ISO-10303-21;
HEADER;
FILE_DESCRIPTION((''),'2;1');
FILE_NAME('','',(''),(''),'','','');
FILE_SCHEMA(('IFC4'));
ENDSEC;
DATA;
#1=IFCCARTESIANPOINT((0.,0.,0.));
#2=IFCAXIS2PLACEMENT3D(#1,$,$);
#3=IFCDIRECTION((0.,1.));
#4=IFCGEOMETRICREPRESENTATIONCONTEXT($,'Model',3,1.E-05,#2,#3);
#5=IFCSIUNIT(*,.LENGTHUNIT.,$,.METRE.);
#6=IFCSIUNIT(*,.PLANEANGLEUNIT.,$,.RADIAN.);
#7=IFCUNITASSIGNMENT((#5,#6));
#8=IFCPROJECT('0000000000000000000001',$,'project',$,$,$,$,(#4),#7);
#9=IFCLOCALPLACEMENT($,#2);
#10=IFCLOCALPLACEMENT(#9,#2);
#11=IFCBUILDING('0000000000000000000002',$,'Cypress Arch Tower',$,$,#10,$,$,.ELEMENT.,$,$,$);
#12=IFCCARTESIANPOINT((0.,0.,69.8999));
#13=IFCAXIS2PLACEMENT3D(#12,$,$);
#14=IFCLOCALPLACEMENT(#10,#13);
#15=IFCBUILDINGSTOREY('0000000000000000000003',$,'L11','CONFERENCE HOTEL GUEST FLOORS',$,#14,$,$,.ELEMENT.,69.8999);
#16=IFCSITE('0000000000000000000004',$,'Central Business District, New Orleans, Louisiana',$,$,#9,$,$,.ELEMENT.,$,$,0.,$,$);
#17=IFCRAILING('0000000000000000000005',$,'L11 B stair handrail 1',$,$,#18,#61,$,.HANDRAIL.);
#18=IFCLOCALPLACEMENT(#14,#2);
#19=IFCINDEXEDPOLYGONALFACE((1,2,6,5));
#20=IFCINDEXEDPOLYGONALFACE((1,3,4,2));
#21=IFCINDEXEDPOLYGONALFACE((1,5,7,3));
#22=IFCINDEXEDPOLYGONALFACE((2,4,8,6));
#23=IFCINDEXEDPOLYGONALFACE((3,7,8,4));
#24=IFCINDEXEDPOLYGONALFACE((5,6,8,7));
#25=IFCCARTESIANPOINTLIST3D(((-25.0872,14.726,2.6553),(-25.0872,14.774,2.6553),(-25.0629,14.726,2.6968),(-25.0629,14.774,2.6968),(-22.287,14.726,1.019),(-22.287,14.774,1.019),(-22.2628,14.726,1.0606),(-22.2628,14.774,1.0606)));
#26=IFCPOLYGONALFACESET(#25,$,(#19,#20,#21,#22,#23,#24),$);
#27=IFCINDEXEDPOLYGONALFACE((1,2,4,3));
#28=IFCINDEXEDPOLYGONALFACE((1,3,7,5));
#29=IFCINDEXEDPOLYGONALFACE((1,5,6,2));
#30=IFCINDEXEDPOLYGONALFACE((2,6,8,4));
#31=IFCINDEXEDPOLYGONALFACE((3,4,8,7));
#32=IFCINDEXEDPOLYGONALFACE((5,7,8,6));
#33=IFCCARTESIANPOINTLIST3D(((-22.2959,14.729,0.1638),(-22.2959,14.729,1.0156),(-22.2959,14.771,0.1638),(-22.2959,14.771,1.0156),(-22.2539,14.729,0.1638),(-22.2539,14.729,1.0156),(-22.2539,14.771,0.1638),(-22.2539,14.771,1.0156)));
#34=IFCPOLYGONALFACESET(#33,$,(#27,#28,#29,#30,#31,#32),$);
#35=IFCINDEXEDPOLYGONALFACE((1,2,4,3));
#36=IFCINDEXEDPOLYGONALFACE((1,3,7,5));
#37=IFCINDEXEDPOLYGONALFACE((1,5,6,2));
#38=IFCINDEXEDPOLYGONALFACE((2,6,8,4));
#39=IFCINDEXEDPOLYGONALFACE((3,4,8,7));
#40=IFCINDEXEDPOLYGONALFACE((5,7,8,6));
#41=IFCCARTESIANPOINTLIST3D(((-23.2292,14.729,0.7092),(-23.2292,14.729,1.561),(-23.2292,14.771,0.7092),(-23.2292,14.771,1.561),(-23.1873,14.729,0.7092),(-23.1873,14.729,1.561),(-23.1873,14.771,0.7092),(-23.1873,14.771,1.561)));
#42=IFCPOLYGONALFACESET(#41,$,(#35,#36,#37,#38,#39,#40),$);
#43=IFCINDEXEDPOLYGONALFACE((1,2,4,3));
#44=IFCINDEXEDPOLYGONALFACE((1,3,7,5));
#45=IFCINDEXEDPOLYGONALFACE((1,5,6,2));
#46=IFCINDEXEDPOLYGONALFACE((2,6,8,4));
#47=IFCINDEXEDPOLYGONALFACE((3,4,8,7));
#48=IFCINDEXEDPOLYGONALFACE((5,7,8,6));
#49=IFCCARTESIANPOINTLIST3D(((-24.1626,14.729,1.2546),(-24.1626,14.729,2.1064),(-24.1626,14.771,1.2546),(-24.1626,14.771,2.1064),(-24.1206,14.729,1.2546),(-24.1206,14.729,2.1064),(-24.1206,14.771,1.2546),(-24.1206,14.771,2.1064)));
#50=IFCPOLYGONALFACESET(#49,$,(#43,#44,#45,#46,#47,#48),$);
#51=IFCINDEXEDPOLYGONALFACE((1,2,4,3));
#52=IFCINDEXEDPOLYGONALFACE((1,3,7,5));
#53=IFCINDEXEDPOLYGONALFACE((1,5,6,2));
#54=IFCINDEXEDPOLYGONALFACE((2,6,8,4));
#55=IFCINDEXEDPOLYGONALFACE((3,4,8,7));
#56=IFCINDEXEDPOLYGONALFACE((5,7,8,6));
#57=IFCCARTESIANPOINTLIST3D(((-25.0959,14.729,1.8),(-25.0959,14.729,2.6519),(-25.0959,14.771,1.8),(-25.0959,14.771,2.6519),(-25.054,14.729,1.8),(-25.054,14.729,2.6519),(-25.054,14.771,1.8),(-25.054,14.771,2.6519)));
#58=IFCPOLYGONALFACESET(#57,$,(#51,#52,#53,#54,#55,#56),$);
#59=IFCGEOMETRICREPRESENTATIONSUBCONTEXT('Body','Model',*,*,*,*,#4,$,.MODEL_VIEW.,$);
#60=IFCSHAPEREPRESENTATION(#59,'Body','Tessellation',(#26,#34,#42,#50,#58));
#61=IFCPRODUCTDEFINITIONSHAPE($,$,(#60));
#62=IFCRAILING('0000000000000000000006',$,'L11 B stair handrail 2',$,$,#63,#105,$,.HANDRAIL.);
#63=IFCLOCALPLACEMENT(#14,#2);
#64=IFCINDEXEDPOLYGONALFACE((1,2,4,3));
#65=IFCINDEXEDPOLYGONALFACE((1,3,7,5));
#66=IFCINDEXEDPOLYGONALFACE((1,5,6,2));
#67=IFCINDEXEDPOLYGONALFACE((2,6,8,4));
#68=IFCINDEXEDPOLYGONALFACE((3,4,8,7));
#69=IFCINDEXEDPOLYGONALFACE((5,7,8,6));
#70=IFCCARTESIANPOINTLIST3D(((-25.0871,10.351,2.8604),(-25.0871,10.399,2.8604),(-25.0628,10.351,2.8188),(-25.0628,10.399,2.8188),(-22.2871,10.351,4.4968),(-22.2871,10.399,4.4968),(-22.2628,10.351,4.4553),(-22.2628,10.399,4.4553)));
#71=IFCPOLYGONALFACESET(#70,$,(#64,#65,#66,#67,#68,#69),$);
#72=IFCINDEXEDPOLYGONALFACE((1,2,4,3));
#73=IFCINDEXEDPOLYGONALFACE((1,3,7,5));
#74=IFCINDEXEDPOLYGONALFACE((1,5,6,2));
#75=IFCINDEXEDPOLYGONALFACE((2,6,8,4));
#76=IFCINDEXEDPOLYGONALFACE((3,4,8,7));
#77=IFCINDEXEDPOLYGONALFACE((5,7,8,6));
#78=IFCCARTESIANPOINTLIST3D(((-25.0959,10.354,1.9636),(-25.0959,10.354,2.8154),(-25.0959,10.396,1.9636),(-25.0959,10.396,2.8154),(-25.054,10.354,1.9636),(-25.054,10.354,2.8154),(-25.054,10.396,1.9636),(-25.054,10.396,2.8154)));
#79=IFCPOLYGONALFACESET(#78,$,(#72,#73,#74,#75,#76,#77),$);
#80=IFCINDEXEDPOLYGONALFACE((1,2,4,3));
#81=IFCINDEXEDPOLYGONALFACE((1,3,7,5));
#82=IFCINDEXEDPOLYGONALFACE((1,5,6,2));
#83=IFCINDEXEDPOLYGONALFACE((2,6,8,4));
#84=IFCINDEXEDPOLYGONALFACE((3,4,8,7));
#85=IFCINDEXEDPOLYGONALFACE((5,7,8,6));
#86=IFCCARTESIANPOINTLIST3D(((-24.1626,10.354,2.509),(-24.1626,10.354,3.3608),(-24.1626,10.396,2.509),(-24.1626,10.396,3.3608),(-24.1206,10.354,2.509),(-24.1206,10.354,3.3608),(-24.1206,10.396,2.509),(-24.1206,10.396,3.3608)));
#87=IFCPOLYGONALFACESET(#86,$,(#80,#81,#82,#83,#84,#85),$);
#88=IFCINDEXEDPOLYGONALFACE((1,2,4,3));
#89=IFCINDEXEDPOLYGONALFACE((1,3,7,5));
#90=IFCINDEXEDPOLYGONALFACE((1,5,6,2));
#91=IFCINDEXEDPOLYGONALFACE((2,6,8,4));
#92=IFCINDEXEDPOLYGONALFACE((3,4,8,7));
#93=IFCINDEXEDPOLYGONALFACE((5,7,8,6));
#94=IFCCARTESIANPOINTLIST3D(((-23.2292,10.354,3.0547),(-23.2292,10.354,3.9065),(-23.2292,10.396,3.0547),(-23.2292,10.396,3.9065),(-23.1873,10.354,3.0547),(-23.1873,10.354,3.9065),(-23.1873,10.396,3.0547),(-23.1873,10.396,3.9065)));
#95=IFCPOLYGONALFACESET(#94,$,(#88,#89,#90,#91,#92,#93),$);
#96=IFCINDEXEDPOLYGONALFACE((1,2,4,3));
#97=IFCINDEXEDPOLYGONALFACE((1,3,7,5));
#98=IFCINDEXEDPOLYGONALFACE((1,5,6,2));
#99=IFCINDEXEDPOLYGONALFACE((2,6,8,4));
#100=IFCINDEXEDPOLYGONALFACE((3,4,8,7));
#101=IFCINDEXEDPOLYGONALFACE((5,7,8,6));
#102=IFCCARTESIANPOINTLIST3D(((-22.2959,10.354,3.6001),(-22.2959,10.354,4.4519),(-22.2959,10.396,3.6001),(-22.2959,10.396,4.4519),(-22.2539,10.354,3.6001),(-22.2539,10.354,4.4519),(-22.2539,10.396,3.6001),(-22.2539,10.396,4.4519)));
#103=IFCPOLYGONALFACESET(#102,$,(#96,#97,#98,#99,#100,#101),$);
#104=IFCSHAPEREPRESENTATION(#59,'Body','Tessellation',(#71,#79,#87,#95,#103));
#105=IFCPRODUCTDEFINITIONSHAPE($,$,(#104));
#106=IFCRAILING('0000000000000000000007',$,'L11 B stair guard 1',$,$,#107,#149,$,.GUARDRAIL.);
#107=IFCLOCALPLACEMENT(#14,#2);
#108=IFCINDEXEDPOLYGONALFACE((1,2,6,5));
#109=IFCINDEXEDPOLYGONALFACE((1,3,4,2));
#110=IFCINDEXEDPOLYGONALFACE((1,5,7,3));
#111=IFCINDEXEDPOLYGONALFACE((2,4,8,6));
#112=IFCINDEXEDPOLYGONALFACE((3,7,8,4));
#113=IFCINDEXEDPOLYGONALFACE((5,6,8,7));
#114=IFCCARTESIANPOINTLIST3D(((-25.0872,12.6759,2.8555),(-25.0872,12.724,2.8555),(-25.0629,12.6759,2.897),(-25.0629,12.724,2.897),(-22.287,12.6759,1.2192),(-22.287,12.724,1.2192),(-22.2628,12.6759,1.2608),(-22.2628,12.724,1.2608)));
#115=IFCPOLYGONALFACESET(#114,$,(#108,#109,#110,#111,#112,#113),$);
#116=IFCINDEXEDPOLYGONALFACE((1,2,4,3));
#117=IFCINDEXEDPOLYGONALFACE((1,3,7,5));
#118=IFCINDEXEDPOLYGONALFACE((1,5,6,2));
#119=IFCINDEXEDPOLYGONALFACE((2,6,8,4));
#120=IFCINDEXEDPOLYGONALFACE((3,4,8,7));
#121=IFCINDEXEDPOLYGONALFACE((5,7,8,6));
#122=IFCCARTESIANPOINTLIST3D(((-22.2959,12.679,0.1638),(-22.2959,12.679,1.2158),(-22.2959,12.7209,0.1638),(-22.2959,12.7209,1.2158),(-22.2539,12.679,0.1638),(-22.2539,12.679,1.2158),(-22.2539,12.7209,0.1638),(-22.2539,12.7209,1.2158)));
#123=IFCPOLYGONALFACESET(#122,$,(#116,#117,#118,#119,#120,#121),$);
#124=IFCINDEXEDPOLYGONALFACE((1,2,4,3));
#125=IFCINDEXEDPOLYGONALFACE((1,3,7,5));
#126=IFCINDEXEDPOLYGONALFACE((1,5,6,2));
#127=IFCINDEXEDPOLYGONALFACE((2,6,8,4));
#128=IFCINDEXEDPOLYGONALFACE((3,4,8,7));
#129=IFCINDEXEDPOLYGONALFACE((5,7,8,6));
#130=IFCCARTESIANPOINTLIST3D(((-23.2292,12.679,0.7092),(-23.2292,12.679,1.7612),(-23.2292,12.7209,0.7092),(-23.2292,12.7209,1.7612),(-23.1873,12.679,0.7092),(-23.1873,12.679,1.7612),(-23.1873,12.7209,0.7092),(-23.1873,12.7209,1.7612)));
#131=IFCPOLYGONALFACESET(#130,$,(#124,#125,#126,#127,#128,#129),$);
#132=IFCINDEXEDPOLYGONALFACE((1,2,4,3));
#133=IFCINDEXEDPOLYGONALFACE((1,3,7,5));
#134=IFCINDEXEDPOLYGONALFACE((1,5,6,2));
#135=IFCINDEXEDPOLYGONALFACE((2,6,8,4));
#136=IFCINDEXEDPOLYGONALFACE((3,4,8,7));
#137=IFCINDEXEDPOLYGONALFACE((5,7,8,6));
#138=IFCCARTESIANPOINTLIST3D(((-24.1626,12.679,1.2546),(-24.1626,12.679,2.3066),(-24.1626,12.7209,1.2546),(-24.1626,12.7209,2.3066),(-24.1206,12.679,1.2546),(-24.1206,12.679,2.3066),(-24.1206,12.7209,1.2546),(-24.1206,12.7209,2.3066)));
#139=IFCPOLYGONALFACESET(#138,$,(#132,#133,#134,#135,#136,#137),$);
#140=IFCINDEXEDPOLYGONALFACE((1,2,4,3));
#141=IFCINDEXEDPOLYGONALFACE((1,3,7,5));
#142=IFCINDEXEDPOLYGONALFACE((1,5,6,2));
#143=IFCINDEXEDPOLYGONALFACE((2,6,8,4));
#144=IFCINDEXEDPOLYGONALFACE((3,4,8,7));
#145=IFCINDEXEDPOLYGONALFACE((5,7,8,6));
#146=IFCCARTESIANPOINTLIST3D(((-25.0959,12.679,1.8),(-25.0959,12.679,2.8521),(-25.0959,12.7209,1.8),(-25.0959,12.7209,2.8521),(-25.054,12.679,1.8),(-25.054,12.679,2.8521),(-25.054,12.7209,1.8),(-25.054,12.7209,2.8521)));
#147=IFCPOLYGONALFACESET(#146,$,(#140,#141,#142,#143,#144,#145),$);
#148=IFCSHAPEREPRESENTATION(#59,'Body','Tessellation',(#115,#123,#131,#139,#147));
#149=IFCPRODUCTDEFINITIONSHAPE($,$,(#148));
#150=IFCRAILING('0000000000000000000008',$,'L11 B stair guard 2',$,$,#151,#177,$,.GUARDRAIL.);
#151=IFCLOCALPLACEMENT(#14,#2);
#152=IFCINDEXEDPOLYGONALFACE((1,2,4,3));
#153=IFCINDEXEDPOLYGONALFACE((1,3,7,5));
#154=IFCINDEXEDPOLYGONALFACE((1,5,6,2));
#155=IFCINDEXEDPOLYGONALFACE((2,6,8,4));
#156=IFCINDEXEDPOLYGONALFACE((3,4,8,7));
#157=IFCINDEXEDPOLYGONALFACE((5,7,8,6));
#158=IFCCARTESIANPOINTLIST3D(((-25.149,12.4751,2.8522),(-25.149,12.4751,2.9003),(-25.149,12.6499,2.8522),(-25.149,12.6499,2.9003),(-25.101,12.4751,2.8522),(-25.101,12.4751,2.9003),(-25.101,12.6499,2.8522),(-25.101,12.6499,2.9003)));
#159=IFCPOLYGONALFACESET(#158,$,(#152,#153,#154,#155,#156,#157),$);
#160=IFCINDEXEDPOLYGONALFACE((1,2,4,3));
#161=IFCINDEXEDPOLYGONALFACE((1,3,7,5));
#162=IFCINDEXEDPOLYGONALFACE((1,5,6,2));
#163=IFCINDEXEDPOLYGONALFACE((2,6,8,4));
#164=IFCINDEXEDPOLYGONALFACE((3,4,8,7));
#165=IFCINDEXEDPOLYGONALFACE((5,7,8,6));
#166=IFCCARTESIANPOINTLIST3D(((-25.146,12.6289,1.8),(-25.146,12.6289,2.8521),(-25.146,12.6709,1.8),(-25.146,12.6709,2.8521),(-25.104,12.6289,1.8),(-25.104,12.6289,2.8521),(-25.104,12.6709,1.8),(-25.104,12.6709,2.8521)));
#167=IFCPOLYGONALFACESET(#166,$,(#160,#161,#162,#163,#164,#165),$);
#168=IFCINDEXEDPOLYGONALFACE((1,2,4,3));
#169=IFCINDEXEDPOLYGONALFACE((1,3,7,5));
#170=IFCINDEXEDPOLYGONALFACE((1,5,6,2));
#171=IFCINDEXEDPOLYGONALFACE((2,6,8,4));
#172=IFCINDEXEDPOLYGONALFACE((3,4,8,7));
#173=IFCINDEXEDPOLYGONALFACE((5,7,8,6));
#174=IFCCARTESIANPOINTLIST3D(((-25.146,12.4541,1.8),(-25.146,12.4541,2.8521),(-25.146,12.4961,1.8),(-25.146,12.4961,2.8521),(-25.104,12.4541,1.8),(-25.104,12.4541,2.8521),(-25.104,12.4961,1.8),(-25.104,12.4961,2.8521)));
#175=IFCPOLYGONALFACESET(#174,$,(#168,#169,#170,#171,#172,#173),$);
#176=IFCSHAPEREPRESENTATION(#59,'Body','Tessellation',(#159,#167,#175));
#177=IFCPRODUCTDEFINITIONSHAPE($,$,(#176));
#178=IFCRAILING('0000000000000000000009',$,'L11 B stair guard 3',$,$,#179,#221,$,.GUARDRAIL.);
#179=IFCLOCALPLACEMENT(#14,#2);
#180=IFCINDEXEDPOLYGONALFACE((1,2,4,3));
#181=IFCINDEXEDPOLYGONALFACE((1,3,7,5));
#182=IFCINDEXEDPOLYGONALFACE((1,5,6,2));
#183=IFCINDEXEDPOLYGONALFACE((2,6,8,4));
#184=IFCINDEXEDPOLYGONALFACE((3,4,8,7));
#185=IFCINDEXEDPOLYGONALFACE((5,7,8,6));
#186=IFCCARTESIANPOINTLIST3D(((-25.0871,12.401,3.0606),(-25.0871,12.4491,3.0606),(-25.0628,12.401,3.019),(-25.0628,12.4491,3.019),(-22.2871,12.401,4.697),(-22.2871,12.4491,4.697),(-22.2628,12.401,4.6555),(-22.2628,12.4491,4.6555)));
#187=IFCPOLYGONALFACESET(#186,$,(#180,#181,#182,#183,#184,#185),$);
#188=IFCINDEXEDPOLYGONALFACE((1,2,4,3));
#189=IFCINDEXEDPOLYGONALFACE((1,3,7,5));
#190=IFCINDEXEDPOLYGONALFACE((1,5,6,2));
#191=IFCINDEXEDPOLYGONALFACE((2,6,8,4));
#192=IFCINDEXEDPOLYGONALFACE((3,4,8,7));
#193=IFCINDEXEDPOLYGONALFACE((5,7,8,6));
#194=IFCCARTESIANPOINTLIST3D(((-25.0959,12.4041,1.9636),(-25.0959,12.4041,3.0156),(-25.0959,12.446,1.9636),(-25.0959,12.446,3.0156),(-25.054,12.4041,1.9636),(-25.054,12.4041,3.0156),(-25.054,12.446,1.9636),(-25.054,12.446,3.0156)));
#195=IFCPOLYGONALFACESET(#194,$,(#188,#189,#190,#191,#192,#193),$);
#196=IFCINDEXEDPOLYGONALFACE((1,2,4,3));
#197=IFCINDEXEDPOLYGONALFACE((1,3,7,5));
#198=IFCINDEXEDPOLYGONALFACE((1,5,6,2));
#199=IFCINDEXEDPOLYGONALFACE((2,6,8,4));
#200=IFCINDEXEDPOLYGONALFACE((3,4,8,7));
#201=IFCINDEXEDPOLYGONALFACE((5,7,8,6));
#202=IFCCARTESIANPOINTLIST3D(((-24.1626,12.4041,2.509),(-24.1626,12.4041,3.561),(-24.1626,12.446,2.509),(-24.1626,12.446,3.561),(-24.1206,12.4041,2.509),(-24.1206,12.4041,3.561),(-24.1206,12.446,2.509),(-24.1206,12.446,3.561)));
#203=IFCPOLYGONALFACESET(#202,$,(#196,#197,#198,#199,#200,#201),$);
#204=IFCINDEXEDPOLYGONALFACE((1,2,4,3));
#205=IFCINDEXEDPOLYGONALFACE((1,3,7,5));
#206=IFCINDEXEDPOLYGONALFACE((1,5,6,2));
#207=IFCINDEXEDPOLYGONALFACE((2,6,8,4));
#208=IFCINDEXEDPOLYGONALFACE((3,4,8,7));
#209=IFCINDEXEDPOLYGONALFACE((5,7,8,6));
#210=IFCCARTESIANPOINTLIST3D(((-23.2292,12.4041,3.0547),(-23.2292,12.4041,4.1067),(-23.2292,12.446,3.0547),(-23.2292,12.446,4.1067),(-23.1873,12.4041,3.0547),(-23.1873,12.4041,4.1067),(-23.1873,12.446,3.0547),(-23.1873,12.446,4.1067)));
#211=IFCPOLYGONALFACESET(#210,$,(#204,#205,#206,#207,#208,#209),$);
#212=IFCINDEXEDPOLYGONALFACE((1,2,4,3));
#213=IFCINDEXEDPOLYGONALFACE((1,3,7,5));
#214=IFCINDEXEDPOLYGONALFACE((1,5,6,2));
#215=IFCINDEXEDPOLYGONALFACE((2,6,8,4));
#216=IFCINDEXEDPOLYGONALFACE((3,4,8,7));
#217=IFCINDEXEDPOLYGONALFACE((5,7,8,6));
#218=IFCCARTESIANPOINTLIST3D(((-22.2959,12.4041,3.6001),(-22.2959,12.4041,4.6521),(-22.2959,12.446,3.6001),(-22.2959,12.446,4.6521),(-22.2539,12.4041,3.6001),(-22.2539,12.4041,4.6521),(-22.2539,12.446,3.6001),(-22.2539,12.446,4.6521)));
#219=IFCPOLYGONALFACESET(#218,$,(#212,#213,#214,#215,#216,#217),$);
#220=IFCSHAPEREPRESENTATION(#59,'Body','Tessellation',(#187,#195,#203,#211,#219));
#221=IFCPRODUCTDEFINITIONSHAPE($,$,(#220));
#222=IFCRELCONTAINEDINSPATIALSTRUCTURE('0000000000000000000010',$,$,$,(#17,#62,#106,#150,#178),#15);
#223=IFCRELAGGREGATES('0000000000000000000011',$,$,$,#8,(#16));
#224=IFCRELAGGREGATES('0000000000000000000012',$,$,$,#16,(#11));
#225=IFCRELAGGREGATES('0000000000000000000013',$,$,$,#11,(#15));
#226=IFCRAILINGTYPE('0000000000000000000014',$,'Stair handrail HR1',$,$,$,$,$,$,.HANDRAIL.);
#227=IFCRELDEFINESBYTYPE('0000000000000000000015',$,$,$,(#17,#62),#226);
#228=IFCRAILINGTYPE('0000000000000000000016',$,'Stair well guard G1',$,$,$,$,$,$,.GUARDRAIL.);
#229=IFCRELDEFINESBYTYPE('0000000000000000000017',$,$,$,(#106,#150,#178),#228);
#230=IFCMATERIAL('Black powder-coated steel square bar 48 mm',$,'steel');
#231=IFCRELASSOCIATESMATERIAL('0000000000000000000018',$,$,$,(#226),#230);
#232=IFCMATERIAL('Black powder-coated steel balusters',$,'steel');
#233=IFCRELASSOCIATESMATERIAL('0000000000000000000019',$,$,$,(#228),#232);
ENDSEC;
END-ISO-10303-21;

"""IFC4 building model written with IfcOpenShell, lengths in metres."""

from ifc_helpers import new_model, si_unit, direction, frame, origin, origin_2d, place, context, subcontext, project, spatial, rectangle, extrude, material, type_object, element, save


model = new_model("IFC4")

# Units and contexts
model_context = context("Model", 3, precision=1e-05, world=origin(), true_north=direction((0.0, 1.0)))
body_context = subcontext(model_context, "Body", "Model", "MODEL_VIEW")
ifc_project = project(units=[si_unit("LENGTHUNIT", "METRE"), si_unit("PLANEANGLEUNIT", "RADIAN")], contexts=[model_context])

# Site, building, storey
site_placement = place(None, origin())
site = spatial("IfcSite", under=ifc_project, at=site_placement, Name="Central Business District, New Orleans, Louisiana", CompositionType="ELEMENT", RefElevation=0.0)
building_placement = place(site_placement, origin())
building = spatial("IfcBuilding", under=site, at=building_placement, Name="Cypress Arch Tower", CompositionType="ELEMENT")
storey_placement = place(building_placement, frame((0.0, 0.0, 69.8999)))
storey = spatial("IfcBuildingStorey", under=building, at=storey_placement, Name="L11", Description="CONFERENCE HOTEL GUEST FLOORS", CompositionType="ELEMENT", Elevation=69.8999)

# Railings
ifc_material_1 = material(Name="Black powder-coated steel square bar 48 mm", Category="steel")
railing_type_1 = type_object("IfcRailingType", Name="Stair handrail HR1", PredefinedType="HANDRAIL", material=ifc_material_1)
railing_1_placement = place(storey_placement, frame((-22.2749, 14.75, 0.1638)))
element("IfcRailing", 1, at=railing_1_placement, inside=storey, type_object=railing_type_1, Name="L11 B stair handrail 1", PredefinedType="HANDRAIL", context=body_context, shape_type="SweptSolid", body=[
    extrude(rectangle(XDim=0.0481, YDim=0.0481, at=origin_2d()), frame((0.0, 0.0, 0.876), z_axis=(-0.863394, 0.0, 0.504531), x_axis=(0.0, -1.0, 0.0)), (0.0, 0.0, 1.0), 3.2432),
    extrude(rectangle(XDim=0.042, YDim=0.042, at=origin_2d()), origin(), (0.0, 0.0, 1.0), 0.8518),
    extrude(rectangle(XDim=0.042, YDim=0.042, at=origin_2d()), frame((-0.9333, 0.0, 0.5454)), (0.0, 0.0, 1.0), 0.8518),
    extrude(rectangle(XDim=0.042, YDim=0.042, at=origin_2d()), frame((-1.8667, 0.0, 1.0908)), (0.0, 0.0, 1.0), 0.8518),
    extrude(rectangle(XDim=0.042, YDim=0.042, at=origin_2d()), frame((-2.8, 0.0, 1.6362)), (0.0, 0.0, 1.0), 0.8518),
])
railing_2_placement = place(storey_placement, frame((-25.075, 10.375, 1.9636)))
element("IfcRailing", 2, at=railing_2_placement, inside=storey, type_object=railing_type_1, Name="L11 B stair handrail 2", PredefinedType="HANDRAIL", context=body_context, shape_type="SweptSolid", body=[
    extrude(rectangle(XDim=0.0481, YDim=0.0481, at=origin_2d()), frame((0.0, 0.0, 0.876), z_axis=(0.863361, 0.0, 0.504587), x_axis=(0.0, 1.0, 0.0)), (0.0, 0.0, 1.0), 3.2432),
    extrude(rectangle(XDim=0.042, YDim=0.042, at=origin_2d()), origin(), (0.0, 0.0, 1.0), 0.8518),
    extrude(rectangle(XDim=0.042, YDim=0.042, at=origin_2d()), frame((0.9333, 0.0, 0.5454)), (0.0, 0.0, 1.0), 0.8518),
    extrude(rectangle(XDim=0.042, YDim=0.042, at=origin_2d()), frame((1.8667, 0.0, 1.0911)), (0.0, 0.0, 1.0), 0.8518),
    extrude(rectangle(XDim=0.042, YDim=0.042, at=origin_2d()), frame((2.8, 0.0, 1.6365)), (0.0, 0.0, 1.0), 0.8518),
])
ifc_material_2 = material(Name="Black powder-coated steel balusters", Category="steel")
railing_type_2 = type_object("IfcRailingType", Name="Stair well guard G1", PredefinedType="GUARDRAIL", material=ifc_material_2)
railing_3_placement = place(storey_placement, frame((-22.2749, 12.7, 0.1638)))
element("IfcRailing", 3, at=railing_3_placement, inside=storey, type_object=railing_type_2, Name="L11 B stair guard 1", PredefinedType="GUARDRAIL", context=body_context, shape_type="SweptSolid", body=[
    extrude(rectangle(XDim=0.0481, YDim=0.0481, at=origin_2d()), frame((0.0, 0.0, 1.0762), z_axis=(-0.863394, 0.0, 0.504531), x_axis=(0.0, -1.0, 0.0)), (0.0, 0.0, 1.0), 3.2432),
    extrude(rectangle(XDim=0.042, YDim=0.042, at=origin_2d()), origin(), (0.0, 0.0, 1.0), 1.052),
    extrude(rectangle(XDim=0.042, YDim=0.042, at=origin_2d()), frame((-0.9333, 0.0, 0.5454)), (0.0, 0.0, 1.0), 1.052),
    extrude(rectangle(XDim=0.042, YDim=0.042, at=origin_2d()), frame((-1.8667, 0.0, 1.0908)), (0.0, 0.0, 1.0), 1.052),
    extrude(rectangle(XDim=0.042, YDim=0.042, at=origin_2d()), frame((-2.8, 0.0, 1.6362)), (0.0, 0.0, 1.0), 1.052),
])
railing_4_placement = place(storey_placement, frame((-25.125, 12.6499, 1.8)))
element("IfcRailing", 4, at=railing_4_placement, inside=storey, type_object=railing_type_2, Name="L11 B stair guard 2", PredefinedType="GUARDRAIL", context=body_context, shape_type="SweptSolid", body=[
    extrude(rectangle(XDim=0.0481, YDim=0.0481, at=origin_2d()), frame((0.0, 0.0, 1.0762), z_axis=(0.0, -1.0, 0.0), x_axis=(1.0, 0.0, 0.0)), (0.0, 0.0, 1.0), 0.1748),
    extrude(rectangle(XDim=0.042, YDim=0.042, at=origin_2d()), origin(), (0.0, 0.0, 1.0), 1.052),
    extrude(rectangle(XDim=0.042, YDim=0.042, at=origin_2d()), frame((0.0, -0.1748, 0.0)), (0.0, 0.0, 1.0), 1.052),
])
railing_5_placement = place(storey_placement, frame((-25.075, 12.425, 1.9636)))
element("IfcRailing", 5, at=railing_5_placement, inside=storey, type_object=railing_type_2, Name="L11 B stair guard 3", PredefinedType="GUARDRAIL", context=body_context, shape_type="SweptSolid", body=[
    extrude(rectangle(XDim=0.0481, YDim=0.0481, at=origin_2d()), frame((0.0, 0.0, 1.0762), z_axis=(0.863361, 0.0, 0.504587), x_axis=(0.0, 1.0, 0.0)), (0.0, 0.0, 1.0), 3.2432),
    extrude(rectangle(XDim=0.042, YDim=0.042, at=origin_2d()), origin(), (0.0, 0.0, 1.0), 1.052),
    extrude(rectangle(XDim=0.042, YDim=0.042, at=origin_2d()), frame((0.9333, 0.0, 0.5454)), (0.0, 0.0, 1.0), 1.052),
    extrude(rectangle(XDim=0.042, YDim=0.042, at=origin_2d()), frame((1.8667, 0.0, 1.0911)), (0.0, 0.0, 1.0), 1.052),
    extrude(rectangle(XDim=0.042, YDim=0.042, at=origin_2d()), frame((2.8, 0.0, 1.6365)), (0.0, 0.0, 1.0), 1.052),
])

save(model, "model.ifc")
